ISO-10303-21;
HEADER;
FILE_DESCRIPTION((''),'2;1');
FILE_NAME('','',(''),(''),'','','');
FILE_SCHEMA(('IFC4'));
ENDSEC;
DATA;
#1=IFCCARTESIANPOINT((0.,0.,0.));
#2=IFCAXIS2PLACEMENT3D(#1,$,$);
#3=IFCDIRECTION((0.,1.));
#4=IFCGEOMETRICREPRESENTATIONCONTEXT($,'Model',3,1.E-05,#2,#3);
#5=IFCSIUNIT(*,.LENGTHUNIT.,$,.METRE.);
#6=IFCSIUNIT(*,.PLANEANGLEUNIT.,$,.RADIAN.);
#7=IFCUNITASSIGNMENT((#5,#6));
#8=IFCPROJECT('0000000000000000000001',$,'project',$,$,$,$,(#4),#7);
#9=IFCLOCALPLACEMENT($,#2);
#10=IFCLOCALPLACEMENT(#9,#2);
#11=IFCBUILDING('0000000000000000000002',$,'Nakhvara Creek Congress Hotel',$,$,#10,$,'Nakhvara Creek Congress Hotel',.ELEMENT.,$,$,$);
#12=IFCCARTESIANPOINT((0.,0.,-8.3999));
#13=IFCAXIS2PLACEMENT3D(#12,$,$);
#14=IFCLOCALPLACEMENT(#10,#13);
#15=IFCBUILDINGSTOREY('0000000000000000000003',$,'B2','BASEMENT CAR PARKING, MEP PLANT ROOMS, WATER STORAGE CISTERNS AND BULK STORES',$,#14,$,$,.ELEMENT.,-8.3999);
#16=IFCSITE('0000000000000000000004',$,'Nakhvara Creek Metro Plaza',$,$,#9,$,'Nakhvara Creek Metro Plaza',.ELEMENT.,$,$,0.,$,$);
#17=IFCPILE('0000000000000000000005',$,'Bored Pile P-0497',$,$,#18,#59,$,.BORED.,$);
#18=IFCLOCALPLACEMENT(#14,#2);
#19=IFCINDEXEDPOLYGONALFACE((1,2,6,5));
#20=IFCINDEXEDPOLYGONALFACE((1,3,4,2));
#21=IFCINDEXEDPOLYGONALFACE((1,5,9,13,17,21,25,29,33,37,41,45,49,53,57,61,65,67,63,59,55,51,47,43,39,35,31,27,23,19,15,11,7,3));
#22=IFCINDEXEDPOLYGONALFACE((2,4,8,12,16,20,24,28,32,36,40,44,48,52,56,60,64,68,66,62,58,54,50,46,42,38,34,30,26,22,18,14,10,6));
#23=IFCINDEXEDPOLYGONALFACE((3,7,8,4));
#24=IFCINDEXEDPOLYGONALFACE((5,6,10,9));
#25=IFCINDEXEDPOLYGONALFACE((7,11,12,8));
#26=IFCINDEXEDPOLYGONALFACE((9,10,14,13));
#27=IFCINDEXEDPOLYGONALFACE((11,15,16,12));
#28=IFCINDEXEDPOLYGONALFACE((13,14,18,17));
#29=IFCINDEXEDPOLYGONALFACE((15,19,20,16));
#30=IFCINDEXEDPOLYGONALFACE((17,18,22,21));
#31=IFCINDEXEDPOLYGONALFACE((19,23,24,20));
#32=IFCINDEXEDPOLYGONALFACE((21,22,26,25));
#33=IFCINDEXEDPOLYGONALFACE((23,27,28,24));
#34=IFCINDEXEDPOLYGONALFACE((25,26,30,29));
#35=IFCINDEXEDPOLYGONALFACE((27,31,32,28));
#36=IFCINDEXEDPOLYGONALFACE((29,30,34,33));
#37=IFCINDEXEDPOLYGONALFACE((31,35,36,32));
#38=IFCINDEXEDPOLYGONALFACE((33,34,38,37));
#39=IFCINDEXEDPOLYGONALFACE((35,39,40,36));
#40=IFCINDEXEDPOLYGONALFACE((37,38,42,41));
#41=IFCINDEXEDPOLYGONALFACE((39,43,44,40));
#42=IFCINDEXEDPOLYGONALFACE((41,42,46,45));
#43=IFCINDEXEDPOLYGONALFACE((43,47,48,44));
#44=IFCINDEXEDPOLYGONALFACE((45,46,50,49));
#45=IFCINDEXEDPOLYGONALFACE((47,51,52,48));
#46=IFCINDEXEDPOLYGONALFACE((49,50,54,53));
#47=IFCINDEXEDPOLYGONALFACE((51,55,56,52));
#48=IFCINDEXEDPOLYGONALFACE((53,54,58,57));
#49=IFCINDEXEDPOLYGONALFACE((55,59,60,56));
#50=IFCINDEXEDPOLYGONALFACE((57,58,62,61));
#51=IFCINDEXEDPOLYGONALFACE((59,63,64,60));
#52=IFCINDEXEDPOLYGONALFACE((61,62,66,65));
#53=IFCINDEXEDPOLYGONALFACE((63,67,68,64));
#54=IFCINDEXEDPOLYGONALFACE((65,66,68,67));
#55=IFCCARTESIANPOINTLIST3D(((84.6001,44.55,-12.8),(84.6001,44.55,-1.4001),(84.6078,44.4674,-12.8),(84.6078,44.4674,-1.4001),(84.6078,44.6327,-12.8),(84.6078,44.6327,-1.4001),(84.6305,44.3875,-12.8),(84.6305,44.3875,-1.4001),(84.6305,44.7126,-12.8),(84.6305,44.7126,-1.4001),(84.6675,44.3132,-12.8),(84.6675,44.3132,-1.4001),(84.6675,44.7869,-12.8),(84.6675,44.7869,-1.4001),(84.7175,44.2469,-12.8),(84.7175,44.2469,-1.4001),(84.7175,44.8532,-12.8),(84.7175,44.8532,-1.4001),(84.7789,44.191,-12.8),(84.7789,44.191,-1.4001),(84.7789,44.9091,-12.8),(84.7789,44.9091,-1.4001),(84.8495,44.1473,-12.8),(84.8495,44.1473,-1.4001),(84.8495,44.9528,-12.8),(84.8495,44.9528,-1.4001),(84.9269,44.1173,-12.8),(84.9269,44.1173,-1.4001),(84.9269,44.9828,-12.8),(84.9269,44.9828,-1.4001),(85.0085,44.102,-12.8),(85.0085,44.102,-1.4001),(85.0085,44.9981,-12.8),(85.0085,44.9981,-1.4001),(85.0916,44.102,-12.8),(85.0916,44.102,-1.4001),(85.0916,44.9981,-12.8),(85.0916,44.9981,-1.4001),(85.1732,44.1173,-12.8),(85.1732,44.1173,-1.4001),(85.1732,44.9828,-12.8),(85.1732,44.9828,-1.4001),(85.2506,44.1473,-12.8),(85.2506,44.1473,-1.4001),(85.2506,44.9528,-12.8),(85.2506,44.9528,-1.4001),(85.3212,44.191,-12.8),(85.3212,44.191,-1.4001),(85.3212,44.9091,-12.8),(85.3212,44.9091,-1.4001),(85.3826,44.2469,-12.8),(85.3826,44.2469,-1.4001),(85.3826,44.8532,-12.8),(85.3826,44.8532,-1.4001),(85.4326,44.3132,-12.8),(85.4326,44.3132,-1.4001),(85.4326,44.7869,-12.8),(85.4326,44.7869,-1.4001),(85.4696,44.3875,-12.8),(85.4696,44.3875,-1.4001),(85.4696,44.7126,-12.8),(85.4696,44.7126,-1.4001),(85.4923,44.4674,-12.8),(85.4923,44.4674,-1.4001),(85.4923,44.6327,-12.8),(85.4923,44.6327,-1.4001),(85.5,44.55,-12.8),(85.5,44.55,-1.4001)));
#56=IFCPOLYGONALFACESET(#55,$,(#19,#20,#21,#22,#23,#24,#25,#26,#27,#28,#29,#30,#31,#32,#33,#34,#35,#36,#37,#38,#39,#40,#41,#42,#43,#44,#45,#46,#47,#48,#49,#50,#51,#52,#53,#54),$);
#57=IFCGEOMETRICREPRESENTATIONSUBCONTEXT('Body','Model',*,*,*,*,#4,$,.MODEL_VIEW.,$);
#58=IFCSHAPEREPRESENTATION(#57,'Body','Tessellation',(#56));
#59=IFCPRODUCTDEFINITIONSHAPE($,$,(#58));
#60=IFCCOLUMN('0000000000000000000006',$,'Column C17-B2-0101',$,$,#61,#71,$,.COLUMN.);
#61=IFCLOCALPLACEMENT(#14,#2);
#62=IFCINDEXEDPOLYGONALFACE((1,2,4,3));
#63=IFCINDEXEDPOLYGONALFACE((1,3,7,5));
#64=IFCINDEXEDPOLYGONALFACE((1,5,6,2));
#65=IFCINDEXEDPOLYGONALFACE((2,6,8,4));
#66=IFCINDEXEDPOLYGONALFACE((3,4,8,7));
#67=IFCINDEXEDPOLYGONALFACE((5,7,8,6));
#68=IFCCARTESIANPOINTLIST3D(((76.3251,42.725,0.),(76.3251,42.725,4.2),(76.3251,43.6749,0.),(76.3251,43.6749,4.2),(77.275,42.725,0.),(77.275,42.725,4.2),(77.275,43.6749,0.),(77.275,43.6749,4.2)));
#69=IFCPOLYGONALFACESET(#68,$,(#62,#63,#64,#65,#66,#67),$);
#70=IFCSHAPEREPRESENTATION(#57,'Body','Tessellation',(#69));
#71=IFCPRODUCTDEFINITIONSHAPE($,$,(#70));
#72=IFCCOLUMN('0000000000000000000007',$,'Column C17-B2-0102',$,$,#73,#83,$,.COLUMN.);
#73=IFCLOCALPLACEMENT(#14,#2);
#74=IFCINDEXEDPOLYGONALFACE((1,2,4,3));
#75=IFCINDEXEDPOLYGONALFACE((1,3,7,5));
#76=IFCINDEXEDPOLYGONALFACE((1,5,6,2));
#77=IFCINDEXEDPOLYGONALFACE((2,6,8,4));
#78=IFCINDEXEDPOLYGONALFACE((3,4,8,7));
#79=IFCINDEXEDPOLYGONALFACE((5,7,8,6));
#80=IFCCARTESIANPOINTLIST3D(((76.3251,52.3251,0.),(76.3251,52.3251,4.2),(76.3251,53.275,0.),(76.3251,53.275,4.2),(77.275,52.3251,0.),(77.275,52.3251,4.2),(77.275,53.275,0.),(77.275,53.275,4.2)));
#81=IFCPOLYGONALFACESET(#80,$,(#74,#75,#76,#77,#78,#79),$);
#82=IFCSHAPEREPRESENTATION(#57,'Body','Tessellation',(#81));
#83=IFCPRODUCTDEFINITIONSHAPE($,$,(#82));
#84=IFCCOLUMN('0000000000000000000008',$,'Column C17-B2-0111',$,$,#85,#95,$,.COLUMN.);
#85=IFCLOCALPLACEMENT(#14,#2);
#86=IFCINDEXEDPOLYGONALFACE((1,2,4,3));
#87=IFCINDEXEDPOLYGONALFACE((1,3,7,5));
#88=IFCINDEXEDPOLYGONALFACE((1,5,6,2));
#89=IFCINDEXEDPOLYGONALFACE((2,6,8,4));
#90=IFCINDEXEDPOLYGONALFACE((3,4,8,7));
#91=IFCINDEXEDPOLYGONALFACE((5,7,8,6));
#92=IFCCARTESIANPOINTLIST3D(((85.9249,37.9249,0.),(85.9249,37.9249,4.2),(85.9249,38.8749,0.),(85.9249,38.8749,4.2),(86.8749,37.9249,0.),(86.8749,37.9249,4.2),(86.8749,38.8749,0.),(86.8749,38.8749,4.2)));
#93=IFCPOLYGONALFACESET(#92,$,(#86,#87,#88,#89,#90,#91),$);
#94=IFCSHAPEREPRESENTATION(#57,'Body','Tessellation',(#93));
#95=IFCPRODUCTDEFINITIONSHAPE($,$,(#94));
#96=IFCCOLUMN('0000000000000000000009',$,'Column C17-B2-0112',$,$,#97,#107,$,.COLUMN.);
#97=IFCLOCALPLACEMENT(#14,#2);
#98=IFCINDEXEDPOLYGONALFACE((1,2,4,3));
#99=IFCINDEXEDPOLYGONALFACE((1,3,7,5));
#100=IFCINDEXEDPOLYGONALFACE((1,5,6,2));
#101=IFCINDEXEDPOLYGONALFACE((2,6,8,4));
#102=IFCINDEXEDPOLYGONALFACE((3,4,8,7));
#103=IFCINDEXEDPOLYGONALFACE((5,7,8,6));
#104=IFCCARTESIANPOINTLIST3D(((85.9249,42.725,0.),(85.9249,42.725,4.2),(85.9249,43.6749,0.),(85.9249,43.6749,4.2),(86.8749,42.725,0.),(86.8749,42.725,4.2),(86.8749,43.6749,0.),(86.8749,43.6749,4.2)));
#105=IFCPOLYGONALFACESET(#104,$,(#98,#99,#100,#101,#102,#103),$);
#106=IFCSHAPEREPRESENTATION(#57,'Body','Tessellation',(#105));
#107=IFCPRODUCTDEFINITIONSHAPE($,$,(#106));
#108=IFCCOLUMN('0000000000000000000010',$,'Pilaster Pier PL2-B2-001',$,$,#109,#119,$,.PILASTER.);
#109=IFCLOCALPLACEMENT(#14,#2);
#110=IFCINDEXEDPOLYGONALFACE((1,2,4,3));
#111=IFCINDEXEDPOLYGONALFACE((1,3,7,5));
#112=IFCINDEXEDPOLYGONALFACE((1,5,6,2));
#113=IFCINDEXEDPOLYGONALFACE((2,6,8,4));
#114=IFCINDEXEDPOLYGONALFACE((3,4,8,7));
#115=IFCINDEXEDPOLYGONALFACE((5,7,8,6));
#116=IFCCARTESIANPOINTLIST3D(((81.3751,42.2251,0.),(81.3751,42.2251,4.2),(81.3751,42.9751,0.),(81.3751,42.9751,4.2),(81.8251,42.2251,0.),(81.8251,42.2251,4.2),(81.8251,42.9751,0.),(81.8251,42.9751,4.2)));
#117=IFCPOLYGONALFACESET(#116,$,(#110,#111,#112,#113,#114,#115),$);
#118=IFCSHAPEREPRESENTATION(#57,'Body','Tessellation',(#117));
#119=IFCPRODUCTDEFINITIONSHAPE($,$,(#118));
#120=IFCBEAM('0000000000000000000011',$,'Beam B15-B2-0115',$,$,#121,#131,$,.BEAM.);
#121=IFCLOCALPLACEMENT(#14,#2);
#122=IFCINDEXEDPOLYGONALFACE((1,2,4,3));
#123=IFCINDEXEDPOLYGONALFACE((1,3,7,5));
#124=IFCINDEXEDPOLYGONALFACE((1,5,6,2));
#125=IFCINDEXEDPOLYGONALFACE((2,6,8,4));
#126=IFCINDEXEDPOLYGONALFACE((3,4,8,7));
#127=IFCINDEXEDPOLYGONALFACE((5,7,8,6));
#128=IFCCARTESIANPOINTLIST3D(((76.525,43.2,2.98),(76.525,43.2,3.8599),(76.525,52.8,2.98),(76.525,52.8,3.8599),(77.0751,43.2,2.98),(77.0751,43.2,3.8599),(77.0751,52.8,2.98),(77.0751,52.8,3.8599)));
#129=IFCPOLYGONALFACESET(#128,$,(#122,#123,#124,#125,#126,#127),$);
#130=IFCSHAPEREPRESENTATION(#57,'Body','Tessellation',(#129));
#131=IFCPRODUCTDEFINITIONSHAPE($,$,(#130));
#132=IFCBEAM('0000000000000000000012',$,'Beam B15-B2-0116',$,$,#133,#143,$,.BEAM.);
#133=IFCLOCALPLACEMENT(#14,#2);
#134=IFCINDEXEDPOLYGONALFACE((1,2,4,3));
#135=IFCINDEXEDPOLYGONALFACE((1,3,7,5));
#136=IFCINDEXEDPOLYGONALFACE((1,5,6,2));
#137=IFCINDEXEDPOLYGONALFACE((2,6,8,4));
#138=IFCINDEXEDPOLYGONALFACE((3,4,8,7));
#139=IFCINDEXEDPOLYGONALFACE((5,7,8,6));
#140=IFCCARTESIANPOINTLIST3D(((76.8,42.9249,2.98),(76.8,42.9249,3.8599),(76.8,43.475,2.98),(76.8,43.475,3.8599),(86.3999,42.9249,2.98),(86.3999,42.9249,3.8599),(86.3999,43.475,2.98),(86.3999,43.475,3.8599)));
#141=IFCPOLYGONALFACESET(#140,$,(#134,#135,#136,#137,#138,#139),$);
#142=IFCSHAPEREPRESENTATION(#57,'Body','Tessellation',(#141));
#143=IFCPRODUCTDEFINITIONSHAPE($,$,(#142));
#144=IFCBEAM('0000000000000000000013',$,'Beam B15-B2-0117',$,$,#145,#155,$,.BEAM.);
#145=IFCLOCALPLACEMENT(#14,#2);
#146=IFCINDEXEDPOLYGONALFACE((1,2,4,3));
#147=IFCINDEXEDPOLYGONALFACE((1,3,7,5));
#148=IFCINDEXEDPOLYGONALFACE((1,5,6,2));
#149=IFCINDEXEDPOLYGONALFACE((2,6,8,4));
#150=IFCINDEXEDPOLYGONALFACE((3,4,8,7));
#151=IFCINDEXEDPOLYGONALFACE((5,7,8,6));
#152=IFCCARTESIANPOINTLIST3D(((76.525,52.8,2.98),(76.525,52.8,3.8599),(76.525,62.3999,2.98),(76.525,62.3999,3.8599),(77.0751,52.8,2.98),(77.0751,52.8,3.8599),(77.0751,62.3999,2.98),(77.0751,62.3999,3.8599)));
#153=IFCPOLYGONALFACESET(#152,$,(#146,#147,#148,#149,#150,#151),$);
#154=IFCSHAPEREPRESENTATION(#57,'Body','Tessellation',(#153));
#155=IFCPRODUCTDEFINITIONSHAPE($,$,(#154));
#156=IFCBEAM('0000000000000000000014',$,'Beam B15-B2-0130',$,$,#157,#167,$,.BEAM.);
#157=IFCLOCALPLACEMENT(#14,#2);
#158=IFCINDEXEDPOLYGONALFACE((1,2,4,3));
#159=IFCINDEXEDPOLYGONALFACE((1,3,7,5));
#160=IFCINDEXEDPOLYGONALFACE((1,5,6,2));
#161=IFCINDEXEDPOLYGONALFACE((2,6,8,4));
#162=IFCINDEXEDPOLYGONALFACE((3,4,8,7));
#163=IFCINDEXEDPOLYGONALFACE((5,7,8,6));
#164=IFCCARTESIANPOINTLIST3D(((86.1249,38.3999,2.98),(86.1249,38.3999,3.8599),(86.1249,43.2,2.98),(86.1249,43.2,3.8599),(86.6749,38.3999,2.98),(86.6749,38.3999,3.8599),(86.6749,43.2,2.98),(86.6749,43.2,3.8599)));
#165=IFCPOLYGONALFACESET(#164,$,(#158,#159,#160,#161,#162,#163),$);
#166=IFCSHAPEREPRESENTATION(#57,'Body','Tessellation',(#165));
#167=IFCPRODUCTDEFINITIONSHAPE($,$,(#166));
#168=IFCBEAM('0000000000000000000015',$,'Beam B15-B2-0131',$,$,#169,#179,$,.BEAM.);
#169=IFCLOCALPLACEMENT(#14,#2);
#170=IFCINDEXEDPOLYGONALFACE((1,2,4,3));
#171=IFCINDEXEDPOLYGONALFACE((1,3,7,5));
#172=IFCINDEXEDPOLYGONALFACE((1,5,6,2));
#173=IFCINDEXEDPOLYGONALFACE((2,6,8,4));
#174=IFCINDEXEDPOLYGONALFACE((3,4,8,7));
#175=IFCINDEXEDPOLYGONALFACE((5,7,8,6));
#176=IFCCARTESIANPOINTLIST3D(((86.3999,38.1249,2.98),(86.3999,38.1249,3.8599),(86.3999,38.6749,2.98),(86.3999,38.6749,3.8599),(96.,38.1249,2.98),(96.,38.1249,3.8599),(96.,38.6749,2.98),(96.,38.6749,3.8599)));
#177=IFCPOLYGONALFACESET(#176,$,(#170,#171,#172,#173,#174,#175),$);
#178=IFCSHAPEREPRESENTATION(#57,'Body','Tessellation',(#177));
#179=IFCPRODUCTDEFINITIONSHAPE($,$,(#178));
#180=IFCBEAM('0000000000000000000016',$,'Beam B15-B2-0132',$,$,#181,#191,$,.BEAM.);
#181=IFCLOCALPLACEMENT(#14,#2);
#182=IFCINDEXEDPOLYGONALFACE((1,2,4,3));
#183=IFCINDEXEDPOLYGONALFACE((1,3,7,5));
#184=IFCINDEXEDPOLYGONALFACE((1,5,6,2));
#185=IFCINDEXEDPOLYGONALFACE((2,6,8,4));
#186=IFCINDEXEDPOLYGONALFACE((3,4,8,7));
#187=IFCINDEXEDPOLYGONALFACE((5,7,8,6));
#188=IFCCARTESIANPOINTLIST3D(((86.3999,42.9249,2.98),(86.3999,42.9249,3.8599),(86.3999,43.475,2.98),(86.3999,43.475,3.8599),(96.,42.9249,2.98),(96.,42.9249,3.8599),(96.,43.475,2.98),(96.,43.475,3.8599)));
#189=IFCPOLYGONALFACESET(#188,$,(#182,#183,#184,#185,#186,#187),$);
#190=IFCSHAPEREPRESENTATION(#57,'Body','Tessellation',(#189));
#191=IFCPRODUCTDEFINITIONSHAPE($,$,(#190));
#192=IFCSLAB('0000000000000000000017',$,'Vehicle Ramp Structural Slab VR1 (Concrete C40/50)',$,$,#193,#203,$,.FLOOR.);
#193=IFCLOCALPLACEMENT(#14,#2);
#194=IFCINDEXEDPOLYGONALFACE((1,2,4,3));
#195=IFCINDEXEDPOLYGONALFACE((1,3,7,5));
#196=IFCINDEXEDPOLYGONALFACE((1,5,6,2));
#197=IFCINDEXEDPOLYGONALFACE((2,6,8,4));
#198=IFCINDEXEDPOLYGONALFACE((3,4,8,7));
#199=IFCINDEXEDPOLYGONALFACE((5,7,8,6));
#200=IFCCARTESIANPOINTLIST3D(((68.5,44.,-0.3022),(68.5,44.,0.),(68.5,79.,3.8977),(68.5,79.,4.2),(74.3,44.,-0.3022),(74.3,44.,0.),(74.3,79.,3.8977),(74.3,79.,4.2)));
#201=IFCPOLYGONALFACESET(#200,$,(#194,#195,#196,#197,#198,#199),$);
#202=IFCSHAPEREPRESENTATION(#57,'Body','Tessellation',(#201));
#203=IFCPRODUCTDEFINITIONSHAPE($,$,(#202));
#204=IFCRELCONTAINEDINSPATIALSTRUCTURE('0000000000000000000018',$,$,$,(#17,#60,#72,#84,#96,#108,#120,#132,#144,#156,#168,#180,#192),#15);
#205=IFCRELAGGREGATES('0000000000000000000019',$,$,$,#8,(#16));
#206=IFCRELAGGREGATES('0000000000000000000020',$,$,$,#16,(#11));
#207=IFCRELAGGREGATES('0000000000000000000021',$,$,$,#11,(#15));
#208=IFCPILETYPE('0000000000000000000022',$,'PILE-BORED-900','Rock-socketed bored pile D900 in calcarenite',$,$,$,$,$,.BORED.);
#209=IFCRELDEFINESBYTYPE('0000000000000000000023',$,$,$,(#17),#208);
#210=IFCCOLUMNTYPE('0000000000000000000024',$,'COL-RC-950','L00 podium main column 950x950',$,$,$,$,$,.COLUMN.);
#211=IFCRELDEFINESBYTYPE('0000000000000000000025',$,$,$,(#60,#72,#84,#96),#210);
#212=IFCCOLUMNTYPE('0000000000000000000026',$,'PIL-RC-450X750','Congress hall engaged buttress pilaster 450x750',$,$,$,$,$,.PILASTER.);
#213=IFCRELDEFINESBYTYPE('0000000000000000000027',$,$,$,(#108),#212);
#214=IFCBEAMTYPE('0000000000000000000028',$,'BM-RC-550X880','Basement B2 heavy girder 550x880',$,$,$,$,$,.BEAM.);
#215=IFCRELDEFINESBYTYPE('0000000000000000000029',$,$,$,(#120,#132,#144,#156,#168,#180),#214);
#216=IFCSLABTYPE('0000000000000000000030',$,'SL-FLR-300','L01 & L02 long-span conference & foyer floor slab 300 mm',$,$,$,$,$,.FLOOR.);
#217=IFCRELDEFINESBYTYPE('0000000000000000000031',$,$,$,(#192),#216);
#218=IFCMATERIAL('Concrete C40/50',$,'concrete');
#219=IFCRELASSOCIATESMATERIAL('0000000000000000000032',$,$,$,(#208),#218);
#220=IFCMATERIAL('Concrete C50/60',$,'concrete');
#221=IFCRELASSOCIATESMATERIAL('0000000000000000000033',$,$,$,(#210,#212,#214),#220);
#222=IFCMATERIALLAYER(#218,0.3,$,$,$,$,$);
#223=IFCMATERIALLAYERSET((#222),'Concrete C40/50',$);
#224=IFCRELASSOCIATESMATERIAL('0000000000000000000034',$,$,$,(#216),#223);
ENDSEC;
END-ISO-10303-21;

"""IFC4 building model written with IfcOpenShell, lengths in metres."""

from ifc_helpers import new_model, si_unit, direction, frame, origin, origin_2d, place, context, subcontext, project, spatial, polyline, rectangle, circle, outline, extrude, material, layer, layer_set, material_profile, profile_set, type_object, element, save


model = new_model("IFC4")

# Units and contexts
model_context = context("Model", 3, precision=1e-05, world=origin(), true_north=direction((0.0, 1.0)))
body_context = subcontext(model_context, "Body", "Model", "MODEL_VIEW")
ifc_project = project(units=[si_unit("LENGTHUNIT", "METRE"), si_unit("PLANEANGLEUNIT", "RADIAN")], contexts=[model_context])

# Site, building, storey
site_placement = place(None, origin())
site = spatial("IfcSite", under=ifc_project, at=site_placement, Name="Nakhvara Creek Metro Plaza", LongName="Nakhvara Creek Metro Plaza", CompositionType="ELEMENT", RefElevation=0.0)
building_placement = place(site_placement, origin())
building = spatial("IfcBuilding", under=site, at=building_placement, Name="Nakhvara Creek Congress Hotel", LongName="Nakhvara Creek Congress Hotel", CompositionType="ELEMENT")
storey_placement = place(building_placement, frame((0.0, 0.0, -8.3999)))
storey = spatial("IfcBuildingStorey", under=building, at=storey_placement, Name="B2", Description="BASEMENT CAR PARKING, MEP PLANT ROOMS, WATER STORAGE CISTERNS AND BULK STORES", CompositionType="ELEMENT", Elevation=-8.3999)

# Shared definitions
ifc_material_1 = material(Name="Concrete C40/50", Category="concrete")

# Pile
ifc_material_profile_1 = material_profile(ifc_material_1, circle(Radius=0.45, at=origin_2d()), Name="BORED PILE D900", Category="LoadBearing")
ifc_profile_set_1 = profile_set([ifc_material_profile_1], Name="Concrete C40/50")
pile_type = type_object("IfcPileType", Name="PILE-BORED-900", Description="Rock-socketed bored pile D900 in calcarenite", PredefinedType="BORED", material=ifc_profile_set_1)
for number, where, z_axis, x_axis, name in (
    (1, (85.05, 44.55, -1.4001), (0.0, 0.0, -1.0), (1.0, 0.0, 0.0), "Bored Pile P-0497"),
):
    element("IfcPile", number, at=place(storey_placement, frame(where, z_axis=z_axis, x_axis=x_axis)), inside=storey, type_object=pile_type, Name=name, PredefinedType="BORED", context=body_context, shape_type="SweptSolid", body=[
        extrude(circle(Radius=0.45, at=origin_2d()), origin(), (0.0, 0.0, 1.0), 11.3999),
    ])

# Columns
ifc_material_2 = material(Name="Concrete C50/60", Category="concrete")
ifc_material_profile_2 = material_profile(ifc_material_2, rectangle(XDim=0.95, YDim=0.95, at=origin_2d()), Name="RC-COL 950x950", Category="LoadBearing")
ifc_profile_set_2 = profile_set([ifc_material_profile_2], Name="Concrete C50/60")
column_type_1 = type_object("IfcColumnType", Name="COL-RC-950", Description="L00 podium main column 950x950", PredefinedType="COLUMN", material=ifc_profile_set_2)
for number, where, z_axis, x_axis, name in (
    (2, (76.8, 43.2, 0.0), (0.0, 0.0, 1.0), (1.0, 0.0, 0.0), "Column C17-B2-0101"),
    (3, (76.8, 52.8, 0.0), (0.0, 0.0, 1.0), (1.0, 0.0, 0.0), "Column C17-B2-0102"),
    (4, (86.3999, 38.3999, 0.0), (0.0, 0.0, 1.0), (1.0, 0.0, 0.0), "Column C17-B2-0111"),
    (5, (86.3999, 43.2, 0.0), (0.0, 0.0, 1.0), (1.0, 0.0, 0.0), "Column C17-B2-0112"),
):
    element("IfcColumn", number, at=place(storey_placement, frame(where, z_axis=z_axis, x_axis=x_axis)), inside=storey, type_object=column_type_1, Name=name, PredefinedType="COLUMN", context=body_context, shape_type="SweptSolid", body=[
        extrude(rectangle(XDim=0.95, YDim=0.95, at=origin_2d()), origin(), (0.0, 0.0, 1.0), 4.2),
    ])
ifc_material_profile_3 = material_profile(ifc_material_2, rectangle(XDim=0.45, YDim=0.75, at=origin_2d()), Name="RC-PIL 450x750", Category="LoadBearing")
ifc_profile_set_3 = profile_set([ifc_material_profile_3], Name="Concrete C50/60")
column_type_2 = type_object("IfcColumnType", Name="PIL-RC-450X750", Description="Congress hall engaged buttress pilaster 450x750", PredefinedType="PILASTER", material=ifc_profile_set_3)
column_placement = place(storey_placement, frame((81.6001, 42.6001, 0.0), z_axis=(0.0, 0.0, 1.0), x_axis=(1.0, 0.0, 0.0)))
element("IfcColumn", 6, at=column_placement, inside=storey, type_object=column_type_2, Name="Pilaster Pier PL2-B2-001", PredefinedType="PILASTER", context=body_context, shape_type="SweptSolid", body=[
    extrude(rectangle(XDim=0.45, YDim=0.75, at=origin_2d()), origin(), (0.0, 0.0, 1.0), 4.2),
])

# Beams
ifc_material_profile_4 = material_profile(ifc_material_2, rectangle(XDim=0.55, YDim=0.8799, at=origin_2d()), Name="RC-BM 550x880", Category="LoadBearing")
ifc_profile_set_4 = profile_set([ifc_material_profile_4], Name="Concrete C50/60")
beam_type = type_object("IfcBeamType", Name="BM-RC-550X880", Description="Basement B2 heavy girder 550x880", PredefinedType="BEAM", material=ifc_profile_set_4)
beam_1_placement = place(storey_placement, frame((76.8, 43.2, 3.4199), z_axis=(0.0, 1.0, 0.0), x_axis=(-1.0, 0.0, 0.0)))
element("IfcBeam", 7, at=beam_1_placement, inside=storey, type_object=beam_type, Name="Beam B15-B2-0115", PredefinedType="BEAM", context=body_context, shape_type="SweptSolid", body=[
    extrude(rectangle(XDim=0.55, YDim=0.8799, at=origin_2d()), origin(), (0.0, 0.0, 1.0), 9.6001),
])
for number, where, z_axis, x_axis, name in (
    (8, (76.8, 43.2, 3.4199), (1.0, 0.0, 0.0), (0.0, 1.0, 0.0), "Beam B15-B2-0116"),
    (9, (76.8, 52.8, 3.4199), (0.0, 1.0, 0.0), (-1.0, 0.0, 0.0), "Beam B15-B2-0117"),
):
    element("IfcBeam", number, at=place(storey_placement, frame(where, z_axis=z_axis, x_axis=x_axis)), inside=storey, type_object=beam_type, Name=name, PredefinedType="BEAM", context=body_context, shape_type="SweptSolid", body=[
        extrude(rectangle(XDim=0.55, YDim=0.8799, at=origin_2d()), origin(), (0.0, 0.0, 1.0), 9.5999),
    ])
beam_2_placement = place(storey_placement, frame((86.3999, 38.3999, 3.4199), z_axis=(0.0, 1.0, 0.0), x_axis=(-1.0, 0.0, 0.0)))
element("IfcBeam", 10, at=beam_2_placement, inside=storey, type_object=beam_type, Name="Beam B15-B2-0130", PredefinedType="BEAM", context=body_context, shape_type="SweptSolid", body=[
    extrude(rectangle(XDim=0.55, YDim=0.8799, at=origin_2d()), origin(), (0.0, 0.0, 1.0), 4.8),
])
for number, where, z_axis, x_axis, name in (
    (11, (86.3999, 38.3999, 3.4199), (1.0, 0.0, 0.0), (0.0, 1.0, 0.0), "Beam B15-B2-0131"),
    (12, (86.3999, 43.2, 3.4199), (1.0, 0.0, 0.0), (0.0, 1.0, 0.0), "Beam B15-B2-0132"),
):
    element("IfcBeam", number, at=place(storey_placement, frame(where, z_axis=z_axis, x_axis=x_axis)), inside=storey, type_object=beam_type, Name=name, PredefinedType="BEAM", context=body_context, shape_type="SweptSolid", body=[
        extrude(rectangle(XDim=0.55, YDim=0.8799, at=origin_2d()), origin(), (0.0, 0.0, 1.0), 9.6001),
    ])

# Slab
ifc_layer = layer(ifc_material_1, 0.3)
ifc_layer_set = layer_set([ifc_layer], Name="Concrete C40/50")
slab_type = type_object("IfcSlabType", Name="SL-FLR-300", Description="L01 & L02 long-span conference & foyer floor slab 300 mm", PredefinedType="FLOOR", material=ifc_layer_set)
slab_placement = place(storey_placement, frame((68.5, 44.0, 0.0), z_axis=(0.0, 0.0, 1.0), x_axis=(0.0, 1.0, 0.0)))
element("IfcSlab", 13, at=slab_placement, inside=storey, type_object=slab_type, Name="Vehicle Ramp Structural Slab VR1 (Concrete C40/50)", PredefinedType="FLOOR", context=body_context, shape_type="SweptSolid", body=[
    extrude(outline(polyline([(0.0, 0.0), (35.0, 4.2), (35.0, 3.8977), (0.0, -0.3022), (0.0, 0.0)])), frame((0.0, 0.0, 0.0), z_axis=(0.0, -1.0, 0.0), x_axis=(1.0, 0.0, 0.0)), (0.0, 0.0, 1.0), 5.8),
])

save(model, "model.ifc")
